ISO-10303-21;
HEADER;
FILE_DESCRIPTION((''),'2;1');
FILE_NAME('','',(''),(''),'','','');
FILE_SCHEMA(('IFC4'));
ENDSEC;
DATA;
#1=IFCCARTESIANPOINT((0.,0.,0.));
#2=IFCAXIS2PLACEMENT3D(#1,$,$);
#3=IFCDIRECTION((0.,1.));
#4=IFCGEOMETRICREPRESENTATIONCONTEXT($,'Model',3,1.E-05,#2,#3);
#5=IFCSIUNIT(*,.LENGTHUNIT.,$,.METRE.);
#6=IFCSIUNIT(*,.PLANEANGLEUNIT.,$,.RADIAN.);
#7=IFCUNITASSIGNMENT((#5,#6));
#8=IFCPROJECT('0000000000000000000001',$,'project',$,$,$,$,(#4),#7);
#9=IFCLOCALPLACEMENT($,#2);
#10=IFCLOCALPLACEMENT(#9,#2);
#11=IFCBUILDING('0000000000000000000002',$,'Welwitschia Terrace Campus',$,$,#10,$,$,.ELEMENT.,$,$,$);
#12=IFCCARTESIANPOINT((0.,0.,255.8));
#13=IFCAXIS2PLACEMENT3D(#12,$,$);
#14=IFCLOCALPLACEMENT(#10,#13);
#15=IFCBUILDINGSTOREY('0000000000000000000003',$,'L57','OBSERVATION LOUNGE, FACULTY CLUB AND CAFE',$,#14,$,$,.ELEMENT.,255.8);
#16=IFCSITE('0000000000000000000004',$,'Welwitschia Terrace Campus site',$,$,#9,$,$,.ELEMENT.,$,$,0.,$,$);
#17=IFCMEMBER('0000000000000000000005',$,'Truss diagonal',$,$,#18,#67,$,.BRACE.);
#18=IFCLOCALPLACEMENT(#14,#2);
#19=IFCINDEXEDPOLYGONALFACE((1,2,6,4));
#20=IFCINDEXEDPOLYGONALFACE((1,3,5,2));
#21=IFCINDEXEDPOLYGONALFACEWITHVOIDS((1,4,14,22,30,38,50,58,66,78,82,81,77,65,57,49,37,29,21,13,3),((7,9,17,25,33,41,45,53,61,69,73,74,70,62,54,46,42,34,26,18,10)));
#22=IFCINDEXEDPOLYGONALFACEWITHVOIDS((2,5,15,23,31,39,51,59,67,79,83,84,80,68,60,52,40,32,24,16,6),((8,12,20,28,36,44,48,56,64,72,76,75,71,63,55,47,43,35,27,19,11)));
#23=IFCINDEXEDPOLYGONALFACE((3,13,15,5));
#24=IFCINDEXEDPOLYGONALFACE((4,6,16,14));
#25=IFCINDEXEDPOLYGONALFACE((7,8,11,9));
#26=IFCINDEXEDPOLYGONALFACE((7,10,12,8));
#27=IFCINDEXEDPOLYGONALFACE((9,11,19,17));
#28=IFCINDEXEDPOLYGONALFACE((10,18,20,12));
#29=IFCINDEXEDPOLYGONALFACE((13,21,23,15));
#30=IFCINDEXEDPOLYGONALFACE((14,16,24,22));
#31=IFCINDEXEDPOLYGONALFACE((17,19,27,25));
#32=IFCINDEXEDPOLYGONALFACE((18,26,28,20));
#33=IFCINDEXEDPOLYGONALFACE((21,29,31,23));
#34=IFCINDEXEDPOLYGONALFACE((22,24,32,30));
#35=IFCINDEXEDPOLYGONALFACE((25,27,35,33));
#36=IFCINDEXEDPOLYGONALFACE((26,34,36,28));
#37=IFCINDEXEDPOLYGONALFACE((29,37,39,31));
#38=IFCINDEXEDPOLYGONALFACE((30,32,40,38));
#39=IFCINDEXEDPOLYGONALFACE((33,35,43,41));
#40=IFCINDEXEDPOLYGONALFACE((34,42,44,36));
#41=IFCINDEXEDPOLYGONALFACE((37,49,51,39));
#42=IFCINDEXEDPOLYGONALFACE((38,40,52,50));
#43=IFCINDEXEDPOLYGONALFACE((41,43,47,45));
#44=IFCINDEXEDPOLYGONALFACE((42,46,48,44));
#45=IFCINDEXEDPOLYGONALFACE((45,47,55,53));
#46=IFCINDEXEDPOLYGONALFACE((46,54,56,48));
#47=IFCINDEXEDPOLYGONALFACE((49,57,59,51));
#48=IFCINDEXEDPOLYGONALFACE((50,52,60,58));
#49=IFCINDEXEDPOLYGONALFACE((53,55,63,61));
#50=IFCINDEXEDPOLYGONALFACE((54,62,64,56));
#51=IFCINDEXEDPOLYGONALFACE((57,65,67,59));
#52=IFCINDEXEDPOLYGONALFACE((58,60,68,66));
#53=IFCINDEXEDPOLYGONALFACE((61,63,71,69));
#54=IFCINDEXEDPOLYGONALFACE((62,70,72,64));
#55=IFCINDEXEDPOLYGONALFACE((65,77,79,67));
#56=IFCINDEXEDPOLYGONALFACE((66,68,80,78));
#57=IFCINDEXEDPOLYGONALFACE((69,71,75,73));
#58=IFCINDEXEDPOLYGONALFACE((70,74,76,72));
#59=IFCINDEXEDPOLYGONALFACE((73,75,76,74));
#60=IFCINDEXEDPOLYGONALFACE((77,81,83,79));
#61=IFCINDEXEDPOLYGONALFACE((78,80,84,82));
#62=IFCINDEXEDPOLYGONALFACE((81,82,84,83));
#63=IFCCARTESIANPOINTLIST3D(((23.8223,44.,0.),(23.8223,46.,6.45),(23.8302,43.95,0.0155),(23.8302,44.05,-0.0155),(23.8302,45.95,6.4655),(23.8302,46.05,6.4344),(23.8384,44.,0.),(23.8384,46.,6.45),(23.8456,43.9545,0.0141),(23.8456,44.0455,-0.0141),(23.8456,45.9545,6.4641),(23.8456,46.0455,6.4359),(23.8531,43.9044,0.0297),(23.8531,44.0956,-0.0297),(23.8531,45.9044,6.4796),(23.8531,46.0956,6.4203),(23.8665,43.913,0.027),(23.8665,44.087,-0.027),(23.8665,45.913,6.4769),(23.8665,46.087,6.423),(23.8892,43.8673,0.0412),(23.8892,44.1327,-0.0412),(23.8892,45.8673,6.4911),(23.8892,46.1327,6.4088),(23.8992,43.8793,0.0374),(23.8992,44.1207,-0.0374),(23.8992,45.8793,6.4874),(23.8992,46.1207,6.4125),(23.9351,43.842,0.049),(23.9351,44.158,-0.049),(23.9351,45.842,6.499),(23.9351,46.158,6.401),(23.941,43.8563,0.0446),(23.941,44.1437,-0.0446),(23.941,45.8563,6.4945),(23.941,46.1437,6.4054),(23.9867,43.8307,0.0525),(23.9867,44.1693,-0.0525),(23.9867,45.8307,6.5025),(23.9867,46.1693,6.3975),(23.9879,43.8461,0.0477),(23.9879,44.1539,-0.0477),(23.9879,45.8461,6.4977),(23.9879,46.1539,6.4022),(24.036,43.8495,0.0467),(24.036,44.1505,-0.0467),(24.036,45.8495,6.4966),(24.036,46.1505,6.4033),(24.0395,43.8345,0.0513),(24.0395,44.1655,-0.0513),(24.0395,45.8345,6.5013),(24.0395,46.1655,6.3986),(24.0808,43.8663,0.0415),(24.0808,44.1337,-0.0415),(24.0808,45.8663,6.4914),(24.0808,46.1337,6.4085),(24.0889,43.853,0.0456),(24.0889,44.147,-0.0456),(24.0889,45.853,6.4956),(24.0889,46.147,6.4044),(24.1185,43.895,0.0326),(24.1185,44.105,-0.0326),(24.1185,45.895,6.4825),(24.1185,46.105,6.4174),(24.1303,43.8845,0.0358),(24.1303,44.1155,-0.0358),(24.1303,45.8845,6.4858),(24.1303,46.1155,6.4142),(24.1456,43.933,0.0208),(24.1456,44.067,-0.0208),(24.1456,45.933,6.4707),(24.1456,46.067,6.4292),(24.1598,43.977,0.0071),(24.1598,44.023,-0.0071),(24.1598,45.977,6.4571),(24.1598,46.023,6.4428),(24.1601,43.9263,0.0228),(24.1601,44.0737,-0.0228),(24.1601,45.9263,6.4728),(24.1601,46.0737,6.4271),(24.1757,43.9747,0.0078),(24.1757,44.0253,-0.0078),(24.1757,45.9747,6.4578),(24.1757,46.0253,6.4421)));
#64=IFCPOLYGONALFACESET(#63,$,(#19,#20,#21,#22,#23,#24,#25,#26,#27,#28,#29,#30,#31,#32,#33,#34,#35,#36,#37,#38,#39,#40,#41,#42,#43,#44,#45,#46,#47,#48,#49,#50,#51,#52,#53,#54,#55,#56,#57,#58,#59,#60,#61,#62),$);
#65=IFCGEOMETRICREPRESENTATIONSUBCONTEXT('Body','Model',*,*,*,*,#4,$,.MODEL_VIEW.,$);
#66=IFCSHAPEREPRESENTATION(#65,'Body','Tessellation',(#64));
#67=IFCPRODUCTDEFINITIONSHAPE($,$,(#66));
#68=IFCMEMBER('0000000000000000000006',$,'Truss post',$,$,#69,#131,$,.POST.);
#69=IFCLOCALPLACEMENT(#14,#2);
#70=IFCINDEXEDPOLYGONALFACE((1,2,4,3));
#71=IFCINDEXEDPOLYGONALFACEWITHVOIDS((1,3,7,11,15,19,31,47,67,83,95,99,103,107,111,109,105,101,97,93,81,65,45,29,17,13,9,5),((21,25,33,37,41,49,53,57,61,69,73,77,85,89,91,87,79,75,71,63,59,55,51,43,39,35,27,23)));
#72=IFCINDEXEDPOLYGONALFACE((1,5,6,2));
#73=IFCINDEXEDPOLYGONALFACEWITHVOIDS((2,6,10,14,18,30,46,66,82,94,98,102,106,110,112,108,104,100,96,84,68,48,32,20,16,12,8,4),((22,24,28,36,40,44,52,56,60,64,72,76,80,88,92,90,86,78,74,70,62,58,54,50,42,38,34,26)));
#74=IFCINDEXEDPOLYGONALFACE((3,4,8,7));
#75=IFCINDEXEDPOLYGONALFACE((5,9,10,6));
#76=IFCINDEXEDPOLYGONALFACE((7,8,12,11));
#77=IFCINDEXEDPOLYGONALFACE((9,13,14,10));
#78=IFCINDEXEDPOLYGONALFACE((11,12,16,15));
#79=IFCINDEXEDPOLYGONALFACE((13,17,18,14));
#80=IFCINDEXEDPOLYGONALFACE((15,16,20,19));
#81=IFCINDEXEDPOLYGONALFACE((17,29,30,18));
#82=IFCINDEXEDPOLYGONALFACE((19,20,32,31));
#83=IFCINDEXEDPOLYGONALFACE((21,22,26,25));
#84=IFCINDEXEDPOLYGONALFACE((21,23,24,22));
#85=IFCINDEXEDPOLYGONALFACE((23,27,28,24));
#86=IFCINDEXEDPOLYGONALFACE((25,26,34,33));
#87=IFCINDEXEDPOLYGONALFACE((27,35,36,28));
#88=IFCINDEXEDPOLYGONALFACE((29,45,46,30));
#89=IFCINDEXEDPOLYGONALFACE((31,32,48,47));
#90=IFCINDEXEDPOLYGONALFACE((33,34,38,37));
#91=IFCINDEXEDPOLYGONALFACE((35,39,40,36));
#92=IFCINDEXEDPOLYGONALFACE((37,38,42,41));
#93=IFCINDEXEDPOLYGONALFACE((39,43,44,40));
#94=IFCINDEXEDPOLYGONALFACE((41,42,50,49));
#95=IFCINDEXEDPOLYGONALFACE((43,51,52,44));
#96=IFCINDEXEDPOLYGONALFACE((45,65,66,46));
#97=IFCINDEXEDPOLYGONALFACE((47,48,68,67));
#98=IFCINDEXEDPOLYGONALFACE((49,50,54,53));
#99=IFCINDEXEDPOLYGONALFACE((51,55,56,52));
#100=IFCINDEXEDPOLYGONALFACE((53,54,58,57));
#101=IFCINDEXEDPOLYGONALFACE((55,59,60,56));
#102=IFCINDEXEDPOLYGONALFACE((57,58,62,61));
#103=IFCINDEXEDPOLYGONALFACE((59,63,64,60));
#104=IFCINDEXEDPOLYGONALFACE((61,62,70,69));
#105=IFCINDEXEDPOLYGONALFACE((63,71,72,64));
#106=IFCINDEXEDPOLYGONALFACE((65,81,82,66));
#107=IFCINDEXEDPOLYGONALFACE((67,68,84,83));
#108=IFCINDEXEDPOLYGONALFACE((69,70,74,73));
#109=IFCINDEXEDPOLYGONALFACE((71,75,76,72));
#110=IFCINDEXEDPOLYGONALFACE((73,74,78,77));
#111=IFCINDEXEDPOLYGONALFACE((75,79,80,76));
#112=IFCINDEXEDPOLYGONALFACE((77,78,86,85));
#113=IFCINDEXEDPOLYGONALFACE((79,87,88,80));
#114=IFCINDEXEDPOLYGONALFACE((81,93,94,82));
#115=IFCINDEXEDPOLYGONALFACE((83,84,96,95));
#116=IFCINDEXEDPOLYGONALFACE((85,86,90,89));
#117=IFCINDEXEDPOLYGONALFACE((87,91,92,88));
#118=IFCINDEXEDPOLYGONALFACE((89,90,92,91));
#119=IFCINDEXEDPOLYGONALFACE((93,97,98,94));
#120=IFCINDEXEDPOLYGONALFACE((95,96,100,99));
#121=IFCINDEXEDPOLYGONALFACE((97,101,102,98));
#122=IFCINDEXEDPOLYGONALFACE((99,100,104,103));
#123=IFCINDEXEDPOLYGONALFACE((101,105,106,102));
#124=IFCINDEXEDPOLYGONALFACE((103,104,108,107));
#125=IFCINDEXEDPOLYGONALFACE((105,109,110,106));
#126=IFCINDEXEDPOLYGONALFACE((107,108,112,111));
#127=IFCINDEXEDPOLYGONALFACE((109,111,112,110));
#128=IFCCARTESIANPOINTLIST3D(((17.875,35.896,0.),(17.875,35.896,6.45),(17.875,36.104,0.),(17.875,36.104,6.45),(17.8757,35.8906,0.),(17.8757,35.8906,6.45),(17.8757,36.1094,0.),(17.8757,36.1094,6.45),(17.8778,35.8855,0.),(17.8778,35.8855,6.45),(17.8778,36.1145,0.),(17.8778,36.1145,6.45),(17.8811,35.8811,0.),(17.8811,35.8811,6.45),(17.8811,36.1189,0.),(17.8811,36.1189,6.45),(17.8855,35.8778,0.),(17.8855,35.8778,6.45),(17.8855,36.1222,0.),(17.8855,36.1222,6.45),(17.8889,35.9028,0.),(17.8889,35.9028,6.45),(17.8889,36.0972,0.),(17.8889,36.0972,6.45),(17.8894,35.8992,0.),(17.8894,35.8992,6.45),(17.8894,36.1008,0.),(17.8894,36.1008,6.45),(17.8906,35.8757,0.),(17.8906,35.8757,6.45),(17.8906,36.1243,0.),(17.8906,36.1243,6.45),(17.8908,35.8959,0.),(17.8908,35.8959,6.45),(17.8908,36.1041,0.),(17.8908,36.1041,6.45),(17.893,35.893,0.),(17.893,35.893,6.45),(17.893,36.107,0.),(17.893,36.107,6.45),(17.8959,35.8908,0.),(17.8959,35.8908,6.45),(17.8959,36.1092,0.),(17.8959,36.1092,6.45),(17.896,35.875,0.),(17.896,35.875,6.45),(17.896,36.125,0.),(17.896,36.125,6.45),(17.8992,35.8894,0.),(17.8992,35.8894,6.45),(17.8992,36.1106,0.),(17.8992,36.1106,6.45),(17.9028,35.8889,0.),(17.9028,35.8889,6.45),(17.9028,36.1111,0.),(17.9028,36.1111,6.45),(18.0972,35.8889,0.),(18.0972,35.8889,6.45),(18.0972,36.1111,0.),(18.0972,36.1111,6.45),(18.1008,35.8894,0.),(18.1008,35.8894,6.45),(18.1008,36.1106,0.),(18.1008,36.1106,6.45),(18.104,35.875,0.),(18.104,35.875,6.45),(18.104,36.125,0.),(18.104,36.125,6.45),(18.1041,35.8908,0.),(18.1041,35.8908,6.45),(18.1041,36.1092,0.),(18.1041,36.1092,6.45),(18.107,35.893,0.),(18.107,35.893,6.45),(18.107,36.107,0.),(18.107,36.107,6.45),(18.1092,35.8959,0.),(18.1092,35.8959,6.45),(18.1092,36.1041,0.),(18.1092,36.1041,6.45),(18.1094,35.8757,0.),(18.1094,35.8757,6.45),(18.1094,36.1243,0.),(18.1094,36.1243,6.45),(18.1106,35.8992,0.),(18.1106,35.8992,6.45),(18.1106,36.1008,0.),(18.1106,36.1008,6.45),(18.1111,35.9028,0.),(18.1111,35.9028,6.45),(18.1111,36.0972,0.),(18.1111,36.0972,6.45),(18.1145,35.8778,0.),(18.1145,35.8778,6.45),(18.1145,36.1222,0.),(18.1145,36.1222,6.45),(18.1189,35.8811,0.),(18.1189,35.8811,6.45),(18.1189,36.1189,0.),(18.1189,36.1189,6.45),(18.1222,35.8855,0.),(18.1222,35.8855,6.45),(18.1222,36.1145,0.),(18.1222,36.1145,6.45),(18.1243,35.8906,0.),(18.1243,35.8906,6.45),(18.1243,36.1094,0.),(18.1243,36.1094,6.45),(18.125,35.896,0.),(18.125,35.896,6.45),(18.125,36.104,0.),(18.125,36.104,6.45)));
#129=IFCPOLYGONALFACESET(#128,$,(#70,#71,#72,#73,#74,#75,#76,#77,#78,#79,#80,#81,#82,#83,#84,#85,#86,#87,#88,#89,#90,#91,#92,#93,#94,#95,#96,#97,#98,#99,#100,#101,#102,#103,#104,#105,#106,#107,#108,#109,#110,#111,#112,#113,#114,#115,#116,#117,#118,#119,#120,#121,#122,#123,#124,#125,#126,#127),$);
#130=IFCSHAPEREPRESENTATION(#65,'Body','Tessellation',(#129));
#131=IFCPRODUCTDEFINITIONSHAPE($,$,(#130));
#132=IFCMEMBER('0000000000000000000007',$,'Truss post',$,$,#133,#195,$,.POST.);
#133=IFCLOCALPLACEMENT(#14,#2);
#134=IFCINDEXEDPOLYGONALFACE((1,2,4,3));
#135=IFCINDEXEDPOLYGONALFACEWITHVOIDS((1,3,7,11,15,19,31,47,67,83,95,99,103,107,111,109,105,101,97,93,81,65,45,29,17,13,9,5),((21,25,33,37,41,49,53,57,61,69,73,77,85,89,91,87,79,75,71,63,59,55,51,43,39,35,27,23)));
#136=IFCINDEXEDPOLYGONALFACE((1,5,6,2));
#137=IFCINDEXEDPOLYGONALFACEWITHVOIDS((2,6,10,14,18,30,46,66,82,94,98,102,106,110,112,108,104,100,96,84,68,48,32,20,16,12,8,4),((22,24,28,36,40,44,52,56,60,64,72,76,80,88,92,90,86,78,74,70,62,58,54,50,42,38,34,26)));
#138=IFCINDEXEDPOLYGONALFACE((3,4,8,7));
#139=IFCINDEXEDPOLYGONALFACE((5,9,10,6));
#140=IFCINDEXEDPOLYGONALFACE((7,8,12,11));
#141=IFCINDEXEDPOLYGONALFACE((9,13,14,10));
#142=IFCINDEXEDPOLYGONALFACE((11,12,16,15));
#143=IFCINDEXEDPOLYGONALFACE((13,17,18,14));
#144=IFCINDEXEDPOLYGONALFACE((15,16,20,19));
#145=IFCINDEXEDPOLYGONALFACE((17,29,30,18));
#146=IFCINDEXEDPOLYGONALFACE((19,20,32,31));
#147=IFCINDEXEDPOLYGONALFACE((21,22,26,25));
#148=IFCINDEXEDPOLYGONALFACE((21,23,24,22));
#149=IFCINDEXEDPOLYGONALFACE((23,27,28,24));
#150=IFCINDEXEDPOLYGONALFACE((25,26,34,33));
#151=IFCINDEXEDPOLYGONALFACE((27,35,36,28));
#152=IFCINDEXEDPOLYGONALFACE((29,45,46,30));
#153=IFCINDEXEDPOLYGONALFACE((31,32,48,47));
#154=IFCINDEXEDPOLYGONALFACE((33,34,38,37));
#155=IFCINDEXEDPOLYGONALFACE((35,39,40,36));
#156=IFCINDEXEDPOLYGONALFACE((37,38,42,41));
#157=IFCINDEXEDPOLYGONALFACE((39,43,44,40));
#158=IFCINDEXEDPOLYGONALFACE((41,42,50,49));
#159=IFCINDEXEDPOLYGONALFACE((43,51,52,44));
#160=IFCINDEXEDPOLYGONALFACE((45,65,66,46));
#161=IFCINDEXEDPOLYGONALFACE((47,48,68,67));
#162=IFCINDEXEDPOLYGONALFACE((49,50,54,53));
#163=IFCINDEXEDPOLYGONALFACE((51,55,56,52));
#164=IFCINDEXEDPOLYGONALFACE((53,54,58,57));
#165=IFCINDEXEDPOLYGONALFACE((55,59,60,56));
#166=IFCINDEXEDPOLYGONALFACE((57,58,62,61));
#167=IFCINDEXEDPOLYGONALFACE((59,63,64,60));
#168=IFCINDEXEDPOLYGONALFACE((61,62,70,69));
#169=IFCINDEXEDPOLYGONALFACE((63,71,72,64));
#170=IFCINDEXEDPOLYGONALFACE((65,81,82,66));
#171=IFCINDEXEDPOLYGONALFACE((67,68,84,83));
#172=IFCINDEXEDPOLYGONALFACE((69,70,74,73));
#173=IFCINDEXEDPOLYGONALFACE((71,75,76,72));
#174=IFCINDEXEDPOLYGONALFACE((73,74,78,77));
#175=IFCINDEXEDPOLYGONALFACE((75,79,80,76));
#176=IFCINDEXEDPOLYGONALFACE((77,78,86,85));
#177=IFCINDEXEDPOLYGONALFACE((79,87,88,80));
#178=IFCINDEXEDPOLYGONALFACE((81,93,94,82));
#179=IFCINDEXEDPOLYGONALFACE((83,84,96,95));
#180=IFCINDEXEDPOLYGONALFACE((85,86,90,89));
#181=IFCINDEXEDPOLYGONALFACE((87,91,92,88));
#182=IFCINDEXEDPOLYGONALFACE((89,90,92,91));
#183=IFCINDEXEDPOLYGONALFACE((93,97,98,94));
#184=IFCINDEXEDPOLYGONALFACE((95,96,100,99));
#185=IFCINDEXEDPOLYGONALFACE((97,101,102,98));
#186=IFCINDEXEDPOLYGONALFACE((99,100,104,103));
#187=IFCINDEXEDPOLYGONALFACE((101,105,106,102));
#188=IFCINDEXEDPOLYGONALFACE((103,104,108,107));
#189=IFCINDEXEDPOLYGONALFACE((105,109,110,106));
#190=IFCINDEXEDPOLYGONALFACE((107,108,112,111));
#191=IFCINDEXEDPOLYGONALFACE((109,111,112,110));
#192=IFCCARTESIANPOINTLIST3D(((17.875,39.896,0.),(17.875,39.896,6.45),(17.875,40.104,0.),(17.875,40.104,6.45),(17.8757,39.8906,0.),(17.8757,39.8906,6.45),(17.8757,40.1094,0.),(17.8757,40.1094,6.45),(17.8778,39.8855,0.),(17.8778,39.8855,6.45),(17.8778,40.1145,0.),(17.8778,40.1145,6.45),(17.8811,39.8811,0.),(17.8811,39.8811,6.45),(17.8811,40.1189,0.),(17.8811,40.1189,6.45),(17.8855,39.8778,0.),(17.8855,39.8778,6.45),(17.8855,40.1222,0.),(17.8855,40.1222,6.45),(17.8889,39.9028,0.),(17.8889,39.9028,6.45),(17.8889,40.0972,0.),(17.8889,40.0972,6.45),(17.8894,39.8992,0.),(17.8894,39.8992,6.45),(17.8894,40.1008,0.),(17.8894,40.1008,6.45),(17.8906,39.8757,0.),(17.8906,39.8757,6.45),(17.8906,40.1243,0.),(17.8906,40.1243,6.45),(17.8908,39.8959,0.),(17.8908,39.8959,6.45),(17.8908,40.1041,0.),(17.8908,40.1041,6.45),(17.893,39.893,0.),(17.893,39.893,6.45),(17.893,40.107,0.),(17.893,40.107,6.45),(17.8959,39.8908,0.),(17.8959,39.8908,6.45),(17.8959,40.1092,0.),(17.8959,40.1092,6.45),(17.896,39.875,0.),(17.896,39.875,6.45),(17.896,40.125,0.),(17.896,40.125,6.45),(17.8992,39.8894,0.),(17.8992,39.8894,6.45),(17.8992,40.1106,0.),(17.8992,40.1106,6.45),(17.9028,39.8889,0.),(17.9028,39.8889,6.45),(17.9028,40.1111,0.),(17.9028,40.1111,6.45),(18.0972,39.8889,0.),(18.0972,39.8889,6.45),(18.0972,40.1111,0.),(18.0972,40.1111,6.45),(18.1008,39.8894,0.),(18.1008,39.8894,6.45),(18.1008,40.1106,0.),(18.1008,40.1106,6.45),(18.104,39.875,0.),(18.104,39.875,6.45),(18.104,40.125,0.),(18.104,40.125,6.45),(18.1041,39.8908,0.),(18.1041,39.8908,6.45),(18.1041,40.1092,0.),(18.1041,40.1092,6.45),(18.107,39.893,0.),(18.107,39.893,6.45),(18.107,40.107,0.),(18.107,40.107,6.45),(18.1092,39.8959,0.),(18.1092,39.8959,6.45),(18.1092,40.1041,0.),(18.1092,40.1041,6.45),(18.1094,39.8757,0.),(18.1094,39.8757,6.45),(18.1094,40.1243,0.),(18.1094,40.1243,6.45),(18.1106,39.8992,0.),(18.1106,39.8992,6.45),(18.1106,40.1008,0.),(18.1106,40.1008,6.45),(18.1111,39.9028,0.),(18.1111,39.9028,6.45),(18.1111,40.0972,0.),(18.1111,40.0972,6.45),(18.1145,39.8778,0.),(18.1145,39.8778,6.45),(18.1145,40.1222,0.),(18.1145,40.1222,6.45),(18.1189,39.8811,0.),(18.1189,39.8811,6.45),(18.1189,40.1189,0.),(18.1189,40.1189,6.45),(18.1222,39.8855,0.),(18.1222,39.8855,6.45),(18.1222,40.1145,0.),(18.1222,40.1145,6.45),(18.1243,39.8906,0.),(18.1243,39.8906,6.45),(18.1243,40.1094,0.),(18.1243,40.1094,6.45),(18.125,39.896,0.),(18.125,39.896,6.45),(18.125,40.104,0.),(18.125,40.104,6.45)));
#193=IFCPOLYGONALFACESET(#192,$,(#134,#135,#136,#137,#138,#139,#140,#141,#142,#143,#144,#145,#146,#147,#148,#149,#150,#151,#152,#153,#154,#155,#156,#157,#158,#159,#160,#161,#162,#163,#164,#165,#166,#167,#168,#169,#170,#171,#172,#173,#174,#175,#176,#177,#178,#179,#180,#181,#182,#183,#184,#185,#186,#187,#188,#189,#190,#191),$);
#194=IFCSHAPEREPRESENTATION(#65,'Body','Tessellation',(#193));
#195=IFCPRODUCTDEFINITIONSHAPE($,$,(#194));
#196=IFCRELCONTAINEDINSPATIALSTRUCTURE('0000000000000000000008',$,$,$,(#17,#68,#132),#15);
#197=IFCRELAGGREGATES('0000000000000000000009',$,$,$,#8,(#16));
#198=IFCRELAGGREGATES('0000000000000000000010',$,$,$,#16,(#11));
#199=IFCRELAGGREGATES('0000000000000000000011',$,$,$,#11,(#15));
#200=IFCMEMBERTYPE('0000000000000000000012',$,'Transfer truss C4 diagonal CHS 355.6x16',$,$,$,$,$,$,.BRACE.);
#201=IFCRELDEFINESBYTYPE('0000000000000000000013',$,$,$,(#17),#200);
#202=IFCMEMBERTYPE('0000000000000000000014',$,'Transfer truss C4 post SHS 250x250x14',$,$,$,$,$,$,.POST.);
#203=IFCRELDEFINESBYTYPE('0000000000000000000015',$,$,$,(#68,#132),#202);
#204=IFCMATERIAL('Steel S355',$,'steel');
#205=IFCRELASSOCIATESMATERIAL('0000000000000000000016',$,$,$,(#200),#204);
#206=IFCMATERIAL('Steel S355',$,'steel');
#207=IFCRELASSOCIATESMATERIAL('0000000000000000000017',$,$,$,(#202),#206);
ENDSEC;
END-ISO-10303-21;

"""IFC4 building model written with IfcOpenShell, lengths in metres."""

from ifc_helpers import new_model, si_unit, direction, frame, origin, origin_2d, place, context, subcontext, project, spatial, hollow_rectangle, hollow_circle, extrude, material, material_profile, profile_set, type_object, element, save


model = new_model("IFC4")

# Units and contexts
model_context = context("Model", 3, precision=1e-05, world=origin(), true_north=direction((0.0, 1.0)))
body_context = subcontext(model_context, "Body", "Model", "MODEL_VIEW")
ifc_project = project(units=[si_unit("LENGTHUNIT", "METRE"), si_unit("PLANEANGLEUNIT", "RADIAN")], contexts=[model_context])

# Site, building, storey
site_placement = place(None, origin())
site = spatial("IfcSite", under=ifc_project, at=site_placement, Name="Welwitschia Terrace Campus site", CompositionType="ELEMENT", RefElevation=0.0)
building_placement = place(site_placement, origin())
building = spatial("IfcBuilding", under=site, at=building_placement, Name="Welwitschia Terrace Campus", CompositionType="ELEMENT")
storey_placement = place(building_placement, frame((0.0, 0.0, 255.8)))
storey = spatial("IfcBuildingStorey", under=building, at=storey_placement, Name="L57", Description="OBSERVATION LOUNGE, FACULTY CLUB AND CAFE", CompositionType="ELEMENT", Elevation=255.8)

# Members
ifc_material_1 = material(Name="Steel S355", Category="steel")
ifc_material_profile_1 = material_profile(ifc_material_1, hollow_circle(Radius=0.1777, WallThickness=0.0161, at=origin_2d()))
ifc_profile_set_1 = profile_set([ifc_material_profile_1], Name="Steel S355")
member_type_1 = type_object("IfcMemberType", Name="Transfer truss C4 diagonal CHS 355.6x16", PredefinedType="BRACE", material=ifc_profile_set_1)
member_1_placement = place(storey_placement, frame((24.0, 44.0, 0.0), z_axis=(0.0, 0.296168, 0.955136), x_axis=(-1.0, 0.0, 0.0)))
element("IfcMember", 1, at=member_1_placement, inside=storey, type_object=member_type_1, Name="Truss diagonal", PredefinedType="BRACE", context=body_context, shape_type="SweptSolid", body=[
    extrude(hollow_circle(Radius=0.1777, WallThickness=0.0161, at=origin_2d()), origin(), (0.0, 0.0, 1.0), 6.7529),
])
ifc_material_2 = material(Name="Steel S355", Category="steel")
ifc_material_profile_2 = material_profile(ifc_material_2, hollow_rectangle(XDim=0.25, YDim=0.25, WallThickness=0.0139, InnerFilletRadius=0.0139, OuterFilletRadius=0.021, at=origin_2d()))
ifc_profile_set_2 = profile_set([ifc_material_profile_2], Name="Steel S355")
member_type_2 = type_object("IfcMemberType", Name="Transfer truss C4 post SHS 250x250x14", PredefinedType="POST", material=ifc_profile_set_2)
for number, where, z_axis, x_axis, name in (
    (2, (18.0, 36.0, 0.0), (0.0, 0.0, 1.0), (1.0, 0.0, 0.0), "Truss post"),
    (3, (18.0, 40.0, 0.0), (0.0, 0.0, 1.0), (1.0, 0.0, 0.0), "Truss post"),
):
    element("IfcMember", number, at=place(storey_placement, frame(where, z_axis=z_axis, x_axis=x_axis)), inside=storey, type_object=member_type_2, Name=name, PredefinedType="POST", context=body_context, shape_type="SweptSolid", body=[
        extrude(hollow_rectangle(XDim=0.25, YDim=0.25, WallThickness=0.0139, InnerFilletRadius=0.0139, OuterFilletRadius=0.021, at=origin_2d()), origin(), (0.0, 0.0, 1.0), 6.45),
    ])

save(model, "model.ifc")
